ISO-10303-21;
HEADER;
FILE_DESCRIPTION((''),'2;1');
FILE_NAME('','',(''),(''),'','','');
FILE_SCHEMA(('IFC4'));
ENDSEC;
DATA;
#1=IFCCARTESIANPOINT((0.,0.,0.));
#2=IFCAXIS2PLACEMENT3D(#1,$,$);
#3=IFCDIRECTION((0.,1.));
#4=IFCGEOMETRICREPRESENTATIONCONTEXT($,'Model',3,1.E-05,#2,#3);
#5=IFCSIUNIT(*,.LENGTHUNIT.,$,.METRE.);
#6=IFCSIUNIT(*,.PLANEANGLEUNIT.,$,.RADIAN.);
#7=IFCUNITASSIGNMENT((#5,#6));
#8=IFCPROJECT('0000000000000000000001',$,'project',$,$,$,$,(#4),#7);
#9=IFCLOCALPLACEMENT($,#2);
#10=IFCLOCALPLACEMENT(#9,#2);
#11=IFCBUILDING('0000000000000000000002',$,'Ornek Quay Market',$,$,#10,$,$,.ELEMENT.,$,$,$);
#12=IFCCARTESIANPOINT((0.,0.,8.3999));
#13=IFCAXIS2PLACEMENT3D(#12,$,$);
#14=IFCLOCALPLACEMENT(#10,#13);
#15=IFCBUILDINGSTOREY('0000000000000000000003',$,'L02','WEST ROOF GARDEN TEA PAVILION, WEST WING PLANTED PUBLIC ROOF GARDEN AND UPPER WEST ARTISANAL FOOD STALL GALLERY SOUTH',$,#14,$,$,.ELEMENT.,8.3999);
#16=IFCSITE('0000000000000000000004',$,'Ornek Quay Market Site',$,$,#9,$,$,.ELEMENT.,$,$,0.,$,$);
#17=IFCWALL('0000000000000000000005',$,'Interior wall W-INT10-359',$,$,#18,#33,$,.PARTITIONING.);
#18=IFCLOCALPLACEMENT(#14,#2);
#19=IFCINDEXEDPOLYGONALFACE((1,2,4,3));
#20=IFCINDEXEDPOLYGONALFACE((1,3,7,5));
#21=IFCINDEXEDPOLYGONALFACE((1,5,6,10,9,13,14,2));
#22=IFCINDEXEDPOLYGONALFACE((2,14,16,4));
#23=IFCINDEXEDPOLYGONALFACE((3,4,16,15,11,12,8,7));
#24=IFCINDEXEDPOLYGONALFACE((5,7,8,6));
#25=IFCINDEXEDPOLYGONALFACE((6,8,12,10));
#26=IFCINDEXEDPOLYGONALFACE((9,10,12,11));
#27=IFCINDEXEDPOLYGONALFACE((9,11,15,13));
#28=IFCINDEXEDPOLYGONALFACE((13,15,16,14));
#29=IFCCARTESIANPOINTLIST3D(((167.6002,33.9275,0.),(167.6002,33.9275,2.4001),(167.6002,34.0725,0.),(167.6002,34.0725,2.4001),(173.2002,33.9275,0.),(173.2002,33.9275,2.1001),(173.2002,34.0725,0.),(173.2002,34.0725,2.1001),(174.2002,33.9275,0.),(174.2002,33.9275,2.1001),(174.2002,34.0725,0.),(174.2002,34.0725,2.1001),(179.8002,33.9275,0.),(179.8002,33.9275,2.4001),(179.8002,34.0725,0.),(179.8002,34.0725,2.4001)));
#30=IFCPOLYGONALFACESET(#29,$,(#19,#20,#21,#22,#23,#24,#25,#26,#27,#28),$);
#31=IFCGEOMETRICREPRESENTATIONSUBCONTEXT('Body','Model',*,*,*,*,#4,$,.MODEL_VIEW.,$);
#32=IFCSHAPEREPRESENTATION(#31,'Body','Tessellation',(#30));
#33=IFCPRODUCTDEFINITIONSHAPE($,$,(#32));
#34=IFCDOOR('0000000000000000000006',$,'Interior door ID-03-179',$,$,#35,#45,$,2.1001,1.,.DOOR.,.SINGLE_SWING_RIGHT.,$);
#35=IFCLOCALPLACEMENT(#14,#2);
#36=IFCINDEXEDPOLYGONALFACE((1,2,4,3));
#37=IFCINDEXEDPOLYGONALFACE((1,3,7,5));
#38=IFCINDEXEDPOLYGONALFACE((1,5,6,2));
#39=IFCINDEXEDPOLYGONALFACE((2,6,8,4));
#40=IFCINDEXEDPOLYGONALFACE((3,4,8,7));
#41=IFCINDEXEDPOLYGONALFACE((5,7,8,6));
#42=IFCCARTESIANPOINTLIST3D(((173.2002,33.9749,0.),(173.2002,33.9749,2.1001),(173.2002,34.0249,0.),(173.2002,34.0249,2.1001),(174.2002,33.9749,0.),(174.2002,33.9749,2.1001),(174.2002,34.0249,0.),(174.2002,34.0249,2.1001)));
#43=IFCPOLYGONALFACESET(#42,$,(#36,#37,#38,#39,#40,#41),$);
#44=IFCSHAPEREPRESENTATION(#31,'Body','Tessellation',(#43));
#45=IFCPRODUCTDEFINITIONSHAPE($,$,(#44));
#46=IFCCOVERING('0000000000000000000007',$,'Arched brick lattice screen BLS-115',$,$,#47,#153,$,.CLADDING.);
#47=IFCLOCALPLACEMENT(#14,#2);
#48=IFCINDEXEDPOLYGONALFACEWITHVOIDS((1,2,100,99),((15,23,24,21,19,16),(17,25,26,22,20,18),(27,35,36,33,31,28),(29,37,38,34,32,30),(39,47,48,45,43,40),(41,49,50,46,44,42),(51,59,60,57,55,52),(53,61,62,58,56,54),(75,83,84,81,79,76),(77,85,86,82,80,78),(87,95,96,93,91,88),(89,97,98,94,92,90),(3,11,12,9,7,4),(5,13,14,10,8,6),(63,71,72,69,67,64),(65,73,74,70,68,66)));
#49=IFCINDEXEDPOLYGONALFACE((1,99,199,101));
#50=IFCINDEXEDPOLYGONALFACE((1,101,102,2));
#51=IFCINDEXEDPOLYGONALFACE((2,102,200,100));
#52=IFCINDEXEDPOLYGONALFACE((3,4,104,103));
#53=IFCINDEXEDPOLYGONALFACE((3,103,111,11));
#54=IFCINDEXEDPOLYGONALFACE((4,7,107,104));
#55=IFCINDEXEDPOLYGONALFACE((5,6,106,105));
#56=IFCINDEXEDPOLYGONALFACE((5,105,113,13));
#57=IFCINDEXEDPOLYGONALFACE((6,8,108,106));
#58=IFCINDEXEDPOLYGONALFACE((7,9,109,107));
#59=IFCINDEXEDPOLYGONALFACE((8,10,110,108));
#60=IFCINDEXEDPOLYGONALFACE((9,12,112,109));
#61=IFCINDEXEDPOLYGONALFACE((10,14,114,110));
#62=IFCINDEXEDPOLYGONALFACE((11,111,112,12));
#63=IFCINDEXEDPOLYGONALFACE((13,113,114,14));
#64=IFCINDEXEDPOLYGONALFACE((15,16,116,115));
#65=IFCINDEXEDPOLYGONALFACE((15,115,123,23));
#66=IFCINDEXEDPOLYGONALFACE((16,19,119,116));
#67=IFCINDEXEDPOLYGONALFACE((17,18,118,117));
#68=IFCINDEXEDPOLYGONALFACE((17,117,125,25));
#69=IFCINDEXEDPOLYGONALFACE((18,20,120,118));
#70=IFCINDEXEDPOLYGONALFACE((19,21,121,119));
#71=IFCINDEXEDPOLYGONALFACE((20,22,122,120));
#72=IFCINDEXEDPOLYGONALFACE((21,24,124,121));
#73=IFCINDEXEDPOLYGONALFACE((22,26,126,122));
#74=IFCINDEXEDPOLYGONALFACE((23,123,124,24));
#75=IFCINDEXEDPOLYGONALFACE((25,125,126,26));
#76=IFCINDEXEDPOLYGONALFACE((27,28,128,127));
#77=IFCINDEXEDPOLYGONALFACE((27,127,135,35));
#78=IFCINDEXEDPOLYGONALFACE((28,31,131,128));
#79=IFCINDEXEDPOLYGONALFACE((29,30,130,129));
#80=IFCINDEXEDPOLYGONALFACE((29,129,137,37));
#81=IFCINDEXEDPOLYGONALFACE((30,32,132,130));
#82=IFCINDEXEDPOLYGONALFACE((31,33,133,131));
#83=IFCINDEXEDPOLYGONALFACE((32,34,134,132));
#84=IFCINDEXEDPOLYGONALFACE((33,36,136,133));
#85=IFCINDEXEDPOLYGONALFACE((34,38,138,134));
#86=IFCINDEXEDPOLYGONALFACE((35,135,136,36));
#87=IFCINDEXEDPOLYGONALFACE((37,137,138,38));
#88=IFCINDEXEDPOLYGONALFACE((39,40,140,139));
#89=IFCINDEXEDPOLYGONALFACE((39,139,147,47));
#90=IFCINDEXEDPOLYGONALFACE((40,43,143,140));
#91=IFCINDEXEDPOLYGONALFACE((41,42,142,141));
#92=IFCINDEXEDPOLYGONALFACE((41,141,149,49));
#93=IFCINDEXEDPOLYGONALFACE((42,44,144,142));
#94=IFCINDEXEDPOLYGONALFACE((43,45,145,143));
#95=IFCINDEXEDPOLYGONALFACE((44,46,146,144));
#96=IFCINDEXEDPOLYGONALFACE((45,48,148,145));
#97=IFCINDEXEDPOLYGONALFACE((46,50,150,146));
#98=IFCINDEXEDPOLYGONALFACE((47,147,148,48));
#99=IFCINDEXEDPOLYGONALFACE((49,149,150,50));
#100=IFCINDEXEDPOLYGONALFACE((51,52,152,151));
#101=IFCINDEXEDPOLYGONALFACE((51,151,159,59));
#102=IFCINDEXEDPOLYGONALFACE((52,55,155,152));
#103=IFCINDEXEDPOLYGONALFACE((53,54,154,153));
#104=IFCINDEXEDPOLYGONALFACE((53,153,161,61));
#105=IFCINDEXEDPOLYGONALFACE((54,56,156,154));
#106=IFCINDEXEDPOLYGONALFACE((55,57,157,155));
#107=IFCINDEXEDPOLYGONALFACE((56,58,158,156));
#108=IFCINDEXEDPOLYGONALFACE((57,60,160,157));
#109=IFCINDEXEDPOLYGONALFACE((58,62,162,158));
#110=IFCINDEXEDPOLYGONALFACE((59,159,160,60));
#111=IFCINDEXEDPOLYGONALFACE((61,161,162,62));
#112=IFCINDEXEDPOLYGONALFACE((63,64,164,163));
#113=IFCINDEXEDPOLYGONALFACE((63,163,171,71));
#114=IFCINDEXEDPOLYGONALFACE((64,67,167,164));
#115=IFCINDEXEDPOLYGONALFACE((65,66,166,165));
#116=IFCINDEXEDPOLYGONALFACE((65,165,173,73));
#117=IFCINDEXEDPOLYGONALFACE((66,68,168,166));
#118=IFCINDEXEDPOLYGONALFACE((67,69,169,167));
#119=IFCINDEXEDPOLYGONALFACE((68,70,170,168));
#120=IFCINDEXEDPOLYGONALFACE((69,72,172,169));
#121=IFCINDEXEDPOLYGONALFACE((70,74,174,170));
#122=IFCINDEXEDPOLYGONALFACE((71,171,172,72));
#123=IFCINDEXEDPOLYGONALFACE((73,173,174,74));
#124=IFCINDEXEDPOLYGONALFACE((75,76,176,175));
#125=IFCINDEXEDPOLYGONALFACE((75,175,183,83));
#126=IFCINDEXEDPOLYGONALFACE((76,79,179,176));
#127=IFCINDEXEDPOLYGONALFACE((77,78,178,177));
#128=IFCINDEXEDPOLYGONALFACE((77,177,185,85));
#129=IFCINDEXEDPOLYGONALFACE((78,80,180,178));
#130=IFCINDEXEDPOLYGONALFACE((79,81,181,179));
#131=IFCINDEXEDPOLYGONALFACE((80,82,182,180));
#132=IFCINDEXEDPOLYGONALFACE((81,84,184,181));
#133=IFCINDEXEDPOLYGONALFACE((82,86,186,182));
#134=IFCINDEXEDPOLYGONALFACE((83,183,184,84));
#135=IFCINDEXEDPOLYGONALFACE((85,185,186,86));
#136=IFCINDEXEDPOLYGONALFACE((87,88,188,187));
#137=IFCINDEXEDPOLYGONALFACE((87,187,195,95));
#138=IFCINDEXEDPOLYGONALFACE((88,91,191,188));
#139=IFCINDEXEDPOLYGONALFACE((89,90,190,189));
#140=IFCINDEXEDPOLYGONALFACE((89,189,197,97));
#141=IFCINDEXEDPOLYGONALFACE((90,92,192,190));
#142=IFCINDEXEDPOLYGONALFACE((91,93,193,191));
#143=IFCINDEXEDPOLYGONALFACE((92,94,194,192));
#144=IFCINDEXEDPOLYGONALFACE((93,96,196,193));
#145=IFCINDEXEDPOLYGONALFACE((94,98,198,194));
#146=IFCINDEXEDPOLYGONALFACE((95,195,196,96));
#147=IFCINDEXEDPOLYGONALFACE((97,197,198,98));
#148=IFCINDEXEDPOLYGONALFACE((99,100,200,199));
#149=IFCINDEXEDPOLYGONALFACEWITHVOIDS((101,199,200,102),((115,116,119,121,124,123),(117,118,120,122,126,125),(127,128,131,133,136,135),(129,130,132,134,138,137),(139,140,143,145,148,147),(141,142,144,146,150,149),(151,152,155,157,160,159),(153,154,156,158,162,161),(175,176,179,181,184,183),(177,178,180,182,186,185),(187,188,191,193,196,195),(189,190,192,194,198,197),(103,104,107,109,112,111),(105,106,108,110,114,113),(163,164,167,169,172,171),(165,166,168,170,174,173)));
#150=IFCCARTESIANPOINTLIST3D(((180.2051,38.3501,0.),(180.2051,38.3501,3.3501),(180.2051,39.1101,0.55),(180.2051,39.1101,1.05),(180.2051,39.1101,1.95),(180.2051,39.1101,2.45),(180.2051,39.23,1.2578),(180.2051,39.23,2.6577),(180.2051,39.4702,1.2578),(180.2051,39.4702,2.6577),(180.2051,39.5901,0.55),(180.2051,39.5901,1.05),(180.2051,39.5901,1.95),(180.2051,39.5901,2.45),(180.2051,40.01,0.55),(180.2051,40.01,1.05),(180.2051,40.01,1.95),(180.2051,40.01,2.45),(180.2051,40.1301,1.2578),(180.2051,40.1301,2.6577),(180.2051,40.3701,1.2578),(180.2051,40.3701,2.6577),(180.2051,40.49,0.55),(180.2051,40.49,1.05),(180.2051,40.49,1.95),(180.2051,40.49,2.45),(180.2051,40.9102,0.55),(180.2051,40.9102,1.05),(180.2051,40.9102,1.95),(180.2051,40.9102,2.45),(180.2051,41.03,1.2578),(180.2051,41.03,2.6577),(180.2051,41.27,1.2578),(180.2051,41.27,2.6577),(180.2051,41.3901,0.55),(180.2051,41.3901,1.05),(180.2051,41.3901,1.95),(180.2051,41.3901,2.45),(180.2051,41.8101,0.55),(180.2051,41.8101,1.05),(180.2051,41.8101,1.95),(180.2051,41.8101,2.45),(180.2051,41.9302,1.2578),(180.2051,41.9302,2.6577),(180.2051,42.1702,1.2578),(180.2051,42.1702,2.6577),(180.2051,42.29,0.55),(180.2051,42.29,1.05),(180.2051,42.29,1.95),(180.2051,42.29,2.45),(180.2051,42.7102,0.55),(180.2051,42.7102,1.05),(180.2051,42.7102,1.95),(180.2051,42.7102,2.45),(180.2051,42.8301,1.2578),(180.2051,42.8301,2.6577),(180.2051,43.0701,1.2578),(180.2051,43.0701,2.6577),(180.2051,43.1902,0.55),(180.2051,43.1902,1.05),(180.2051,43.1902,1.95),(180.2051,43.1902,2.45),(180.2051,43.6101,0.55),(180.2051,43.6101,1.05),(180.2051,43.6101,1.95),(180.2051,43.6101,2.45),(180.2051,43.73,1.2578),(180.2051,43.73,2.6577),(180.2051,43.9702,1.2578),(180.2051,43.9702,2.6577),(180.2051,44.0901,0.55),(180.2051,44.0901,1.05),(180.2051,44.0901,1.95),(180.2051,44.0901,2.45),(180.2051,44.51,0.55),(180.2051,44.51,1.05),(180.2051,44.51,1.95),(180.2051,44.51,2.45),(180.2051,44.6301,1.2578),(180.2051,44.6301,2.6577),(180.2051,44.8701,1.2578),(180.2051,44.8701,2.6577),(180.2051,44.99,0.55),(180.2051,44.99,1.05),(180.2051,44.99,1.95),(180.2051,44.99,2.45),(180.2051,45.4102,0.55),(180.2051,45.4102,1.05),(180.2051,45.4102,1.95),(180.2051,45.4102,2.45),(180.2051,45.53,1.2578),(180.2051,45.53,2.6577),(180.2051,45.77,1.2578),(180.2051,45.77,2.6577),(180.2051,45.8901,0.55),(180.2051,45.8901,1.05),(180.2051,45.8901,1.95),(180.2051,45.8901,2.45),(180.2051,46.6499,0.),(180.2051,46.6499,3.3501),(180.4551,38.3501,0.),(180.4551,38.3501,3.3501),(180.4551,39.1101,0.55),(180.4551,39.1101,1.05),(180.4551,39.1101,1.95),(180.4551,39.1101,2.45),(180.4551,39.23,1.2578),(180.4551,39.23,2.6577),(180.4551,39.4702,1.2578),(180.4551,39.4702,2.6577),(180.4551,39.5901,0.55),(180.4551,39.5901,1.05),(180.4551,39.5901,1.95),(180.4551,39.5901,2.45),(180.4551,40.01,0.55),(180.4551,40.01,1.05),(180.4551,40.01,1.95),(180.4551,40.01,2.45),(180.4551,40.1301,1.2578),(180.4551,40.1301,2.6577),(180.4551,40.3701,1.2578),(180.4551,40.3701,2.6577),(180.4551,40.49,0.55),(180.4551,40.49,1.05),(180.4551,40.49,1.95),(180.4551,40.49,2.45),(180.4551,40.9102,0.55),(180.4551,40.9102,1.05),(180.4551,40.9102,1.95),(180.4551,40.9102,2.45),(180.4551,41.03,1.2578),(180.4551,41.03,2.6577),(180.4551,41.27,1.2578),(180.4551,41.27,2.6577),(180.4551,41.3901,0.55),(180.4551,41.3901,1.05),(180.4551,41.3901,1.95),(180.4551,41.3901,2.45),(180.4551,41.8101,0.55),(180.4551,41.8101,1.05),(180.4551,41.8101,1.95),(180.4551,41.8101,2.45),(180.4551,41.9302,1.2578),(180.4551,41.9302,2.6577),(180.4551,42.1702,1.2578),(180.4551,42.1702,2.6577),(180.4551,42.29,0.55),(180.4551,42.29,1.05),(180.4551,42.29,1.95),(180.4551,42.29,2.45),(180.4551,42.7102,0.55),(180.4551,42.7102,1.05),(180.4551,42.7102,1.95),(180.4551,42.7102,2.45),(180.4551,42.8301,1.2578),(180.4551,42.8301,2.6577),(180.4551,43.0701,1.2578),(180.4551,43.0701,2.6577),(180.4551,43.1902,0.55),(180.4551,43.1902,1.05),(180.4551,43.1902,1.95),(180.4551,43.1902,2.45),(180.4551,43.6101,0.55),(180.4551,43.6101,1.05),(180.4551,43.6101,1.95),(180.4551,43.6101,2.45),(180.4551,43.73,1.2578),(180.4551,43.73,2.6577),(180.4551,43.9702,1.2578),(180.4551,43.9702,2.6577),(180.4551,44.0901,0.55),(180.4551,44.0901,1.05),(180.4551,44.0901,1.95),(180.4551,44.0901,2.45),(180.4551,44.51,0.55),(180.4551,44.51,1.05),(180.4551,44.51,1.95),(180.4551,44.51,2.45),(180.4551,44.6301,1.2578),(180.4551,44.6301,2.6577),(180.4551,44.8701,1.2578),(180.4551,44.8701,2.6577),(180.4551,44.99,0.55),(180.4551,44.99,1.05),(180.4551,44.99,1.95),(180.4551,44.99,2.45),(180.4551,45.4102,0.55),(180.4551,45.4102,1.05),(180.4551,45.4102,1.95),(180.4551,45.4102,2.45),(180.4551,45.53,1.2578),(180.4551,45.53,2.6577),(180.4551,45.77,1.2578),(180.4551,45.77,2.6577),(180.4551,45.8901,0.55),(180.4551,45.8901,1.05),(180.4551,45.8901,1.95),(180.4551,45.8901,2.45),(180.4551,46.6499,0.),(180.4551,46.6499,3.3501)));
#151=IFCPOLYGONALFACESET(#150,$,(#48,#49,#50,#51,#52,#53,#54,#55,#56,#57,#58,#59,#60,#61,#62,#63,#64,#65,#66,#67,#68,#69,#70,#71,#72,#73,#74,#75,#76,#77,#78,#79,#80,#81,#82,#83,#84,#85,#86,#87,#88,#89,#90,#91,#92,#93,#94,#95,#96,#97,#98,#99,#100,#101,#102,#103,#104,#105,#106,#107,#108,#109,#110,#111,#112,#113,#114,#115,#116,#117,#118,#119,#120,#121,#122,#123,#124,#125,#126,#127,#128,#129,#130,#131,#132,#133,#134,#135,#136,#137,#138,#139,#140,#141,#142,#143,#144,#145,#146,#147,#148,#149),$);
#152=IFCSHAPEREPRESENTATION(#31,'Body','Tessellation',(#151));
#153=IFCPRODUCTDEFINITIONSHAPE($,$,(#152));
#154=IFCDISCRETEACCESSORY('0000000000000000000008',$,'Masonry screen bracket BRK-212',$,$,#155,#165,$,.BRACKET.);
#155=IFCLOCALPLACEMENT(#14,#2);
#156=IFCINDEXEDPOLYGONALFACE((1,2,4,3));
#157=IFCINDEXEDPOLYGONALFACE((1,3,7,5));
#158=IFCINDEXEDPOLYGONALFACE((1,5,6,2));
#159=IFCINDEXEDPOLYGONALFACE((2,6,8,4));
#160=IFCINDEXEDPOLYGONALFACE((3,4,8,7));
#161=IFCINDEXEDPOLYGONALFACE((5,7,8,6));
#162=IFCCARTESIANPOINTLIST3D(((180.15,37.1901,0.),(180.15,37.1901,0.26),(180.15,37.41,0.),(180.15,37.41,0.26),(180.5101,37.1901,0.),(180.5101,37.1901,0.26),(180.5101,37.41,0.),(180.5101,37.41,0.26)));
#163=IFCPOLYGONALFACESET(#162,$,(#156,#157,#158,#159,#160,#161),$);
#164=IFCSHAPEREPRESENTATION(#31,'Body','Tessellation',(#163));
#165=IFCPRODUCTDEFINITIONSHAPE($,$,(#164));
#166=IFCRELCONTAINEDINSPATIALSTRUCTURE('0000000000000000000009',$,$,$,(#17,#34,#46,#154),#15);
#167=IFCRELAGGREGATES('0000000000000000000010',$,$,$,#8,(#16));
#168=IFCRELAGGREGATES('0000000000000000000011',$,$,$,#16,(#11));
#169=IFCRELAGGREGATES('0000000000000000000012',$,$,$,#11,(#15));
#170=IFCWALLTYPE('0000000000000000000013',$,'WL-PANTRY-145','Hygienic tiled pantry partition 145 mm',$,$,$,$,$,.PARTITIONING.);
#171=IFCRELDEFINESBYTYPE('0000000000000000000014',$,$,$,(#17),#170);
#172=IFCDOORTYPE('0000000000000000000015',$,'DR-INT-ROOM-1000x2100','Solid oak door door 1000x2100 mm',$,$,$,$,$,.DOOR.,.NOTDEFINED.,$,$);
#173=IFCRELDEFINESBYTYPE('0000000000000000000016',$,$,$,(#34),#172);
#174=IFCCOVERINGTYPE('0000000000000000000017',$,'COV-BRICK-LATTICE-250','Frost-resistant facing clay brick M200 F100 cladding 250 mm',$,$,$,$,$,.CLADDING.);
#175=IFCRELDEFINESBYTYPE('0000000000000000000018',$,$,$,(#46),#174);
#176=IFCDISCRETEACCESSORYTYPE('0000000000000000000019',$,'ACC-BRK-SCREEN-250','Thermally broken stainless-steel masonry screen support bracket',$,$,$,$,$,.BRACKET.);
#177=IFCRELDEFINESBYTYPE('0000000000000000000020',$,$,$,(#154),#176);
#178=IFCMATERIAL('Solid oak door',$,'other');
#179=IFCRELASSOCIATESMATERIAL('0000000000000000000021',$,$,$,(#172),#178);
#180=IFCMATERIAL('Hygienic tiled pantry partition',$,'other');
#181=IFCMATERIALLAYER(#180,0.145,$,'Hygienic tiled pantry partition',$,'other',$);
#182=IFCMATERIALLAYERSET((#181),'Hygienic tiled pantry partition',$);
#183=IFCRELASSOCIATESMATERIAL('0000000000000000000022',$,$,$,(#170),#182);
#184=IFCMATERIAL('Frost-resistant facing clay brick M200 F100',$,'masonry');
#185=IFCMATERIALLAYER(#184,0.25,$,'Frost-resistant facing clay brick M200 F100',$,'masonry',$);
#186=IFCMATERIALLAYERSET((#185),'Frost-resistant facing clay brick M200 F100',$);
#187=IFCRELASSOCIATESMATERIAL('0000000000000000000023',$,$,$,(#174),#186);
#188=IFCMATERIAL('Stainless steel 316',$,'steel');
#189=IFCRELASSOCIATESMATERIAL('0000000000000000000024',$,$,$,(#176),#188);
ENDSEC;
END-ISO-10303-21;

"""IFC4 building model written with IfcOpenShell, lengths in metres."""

from ifc_helpers import new_model, si_unit, direction, frame, frame_2d, origin, origin_2d, place, context, subcontext, project, spatial, polyline, rectangle, outline, extrude, material, layer, layer_set, type_object, element, fill, save


model = new_model("IFC4")

# Units and contexts
model_context = context("Model", 3, precision=1e-05, world=origin(), true_north=direction((0.0, 1.0)))
body_context = subcontext(model_context, "Body", "Model", "MODEL_VIEW")
ifc_project = project(units=[si_unit("LENGTHUNIT", "METRE"), si_unit("PLANEANGLEUNIT", "RADIAN")], contexts=[model_context])

# Site, building, storey
site_placement = place(None, origin())
site = spatial("IfcSite", under=ifc_project, at=site_placement, Name="Ornek Quay Market Site", CompositionType="ELEMENT", RefElevation=0.0)
building_placement = place(site_placement, origin())
building = spatial("IfcBuilding", under=site, at=building_placement, Name="Ornek Quay Market", CompositionType="ELEMENT")
storey_placement = place(building_placement, frame((0.0, 0.0, 8.3999)))
storey = spatial("IfcBuildingStorey", under=building, at=storey_placement, Name="L02", Description="WEST ROOF GARDEN TEA PAVILION, WEST WING PLANTED PUBLIC ROOF GARDEN AND UPPER WEST ARTISANAL FOOD STALL GALLERY SOUTH", CompositionType="ELEMENT", Elevation=8.3999)

# Shared definitions
ifc_material_1 = material(Name="Frost-resistant facing clay brick M200 F100", Category="masonry")

# Wall, opening, door
ifc_material_2 = material(Name="Solid oak door", Category="other")
door_type = type_object("IfcDoorType", Name="DR-INT-ROOM-1000x2100", Description="Solid oak door door 1000x2100 mm", OperationType="NOTDEFINED", PredefinedType="DOOR", material=ifc_material_2)
ifc_material_3 = material(Name="Hygienic tiled pantry partition", Category="other")
ifc_layer_1 = layer(ifc_material_3, 0.145, Name="Hygienic tiled pantry partition", Category="other")
ifc_layer_set_1 = layer_set([ifc_layer_1], Name="Hygienic tiled pantry partition")
wall_type_1 = type_object("IfcWallType", Name="WL-PANTRY-145", Description="Hygienic tiled pantry partition 145 mm", PredefinedType="PARTITIONING", material=ifc_layer_set_1)
wall_1_placement = place(storey_placement, frame((167.6001, 34.0, 0.0), z_axis=(0.0, 0.0, 1.0), x_axis=(1.0, 0.0, 0.0)))
wall_1 = element("IfcWall", 1, at=wall_1_placement, inside=storey, type_object=wall_type_1, Name="Interior wall W-INT10-359", PredefinedType="PARTITIONING", context=body_context, shape_type="SweptSolid", body=[
    extrude(rectangle(XDim=12.2, YDim=0.145, at=frame_2d((6.1001, 0.0))), origin(), (0.0, 0.0, 1.0), 2.4001),
])
opening_1_placement = place(wall_1_placement, frame((5.6001, 0.0, 0.0)))
opening_1 = element("IfcOpeningElement", 2, at=opening_1_placement, cuts=wall_1, PredefinedType="OPENING", context=body_context, shape_type="SweptSolid", body=[
    extrude(rectangle(XDim=1.0, YDim=2.1001, at=frame_2d((0.5, 1.05))), frame((0.0, 0.0825, 0.0), z_axis=(0.0, -1.0, 0.0), x_axis=(1.0, 0.0, 0.0)), (0.0, 0.0, 1.0), 0.165),
])
door_1_placement = place(opening_1_placement, origin())
door_1 = element("IfcDoor", 3, at=door_1_placement, inside=storey, type_object=door_type, Name="Interior door ID-03-179", OperationType="SINGLE_SWING_RIGHT", OverallHeight=2.1001, OverallWidth=1.0, PredefinedType="DOOR", context=body_context, shape_type="SweptSolid", body=[
    extrude(rectangle(XDim=1.0, YDim=2.1001, at=frame_2d((0.5, 1.05))), frame((0.0, 0.0249, 0.0), z_axis=(0.0, -1.0, 0.0), x_axis=(1.0, 0.0, 0.0)), (0.0, 0.0, 1.0), 0.05),
])
fill(opening_1, door_1)

# Covering
ifc_layer_2 = layer(ifc_material_1, 0.25, Name="Frost-resistant facing clay brick M200 F100", Category="masonry")
ifc_layer_set_2 = layer_set([ifc_layer_2], Name="Frost-resistant facing clay brick M200 F100")
covering_type = type_object("IfcCoveringType", Name="COV-BRICK-LATTICE-250", Description="Frost-resistant facing clay brick M200 F100 cladding 250 mm", PredefinedType="CLADDING", material=ifc_layer_set_2)
covering_placement = place(storey_placement, frame((180.3301, 38.3501, 0.0), z_axis=(0.0, 0.0, 1.0), x_axis=(0.0, 1.0, 0.0)))
element("IfcCovering", 4, at=covering_placement, inside=storey, type_object=covering_type, Name="Arched brick lattice screen BLS-115", PredefinedType="CLADDING", context=body_context, shape_type="SweptSolid", body=[
    extrude(outline(polyline([(0.0, 0.0), (8.2998, 0.0), (8.2998, 3.3501), (0.0, 3.3501), (0.0, 0.0)]), holes=[polyline([(0.76, 0.55), (1.24, 0.55), (1.24, 1.05), (1.1201, 1.2578), (0.8799, 1.2578), (0.76, 1.05), (0.76, 0.55)]), polyline([(0.76, 1.95), (1.24, 1.95), (1.24, 2.45), (1.1201, 2.6577), (0.8799, 2.6577), (0.76, 2.45), (0.76, 1.95)]), polyline([(1.6599, 0.55), (2.1399, 0.55), (2.1399, 1.05), (2.02, 1.2578), (1.78, 1.2578), (1.6599, 1.05), (1.6599, 0.55)]), polyline([(1.6599, 1.95), (2.1399, 1.95), (2.1399, 2.45), (2.02, 2.6577), (1.78, 2.6577), (1.6599, 2.45), (1.6599, 1.95)]), polyline([(2.5601, 0.55), (3.04, 0.55), (3.04, 1.05), (2.9199, 1.2578), (2.6799, 1.2578), (2.5601, 1.05), (2.5601, 0.55)]), polyline([(2.5601, 1.95), (3.04, 1.95), (3.04, 2.45), (2.9199, 2.6577), (2.6799, 2.6577), (2.5601, 2.45), (2.5601, 1.95)]), polyline([(3.46, 0.55), (3.9399, 0.55), (3.9399, 1.05), (3.8201, 1.2578), (3.5801, 1.2578), (3.46, 1.05), (3.46, 0.55)]), polyline([(3.46, 1.95), (3.9399, 1.95), (3.9399, 2.45), (3.8201, 2.6577), (3.5801, 2.6577), (3.46, 2.45), (3.46, 1.95)]), polyline([(4.3601, 0.55), (4.8401, 0.55), (4.8401, 1.05), (4.72, 1.2578), (4.48, 1.2578), (4.3601, 1.05), (4.3601, 0.55)]), polyline([(4.3601, 1.95), (4.8401, 1.95), (4.8401, 2.45), (4.72, 2.6577), (4.48, 2.6577), (4.3601, 2.45), (4.3601, 1.95)]), polyline([(5.26, 0.55), (5.74, 0.55), (5.74, 1.05), (5.6201, 1.2578), (5.3799, 1.2578), (5.26, 1.05), (5.26, 0.55)]), polyline([(5.26, 1.95), (5.74, 1.95), (5.74, 2.45), (5.6201, 2.6577), (5.3799, 2.6577), (5.26, 2.45), (5.26, 1.95)]), polyline([(6.1599, 0.55), (6.6399, 0.55), (6.6399, 1.05), (6.52, 1.2578), (6.28, 1.2578), (6.1599, 1.05), (6.1599, 0.55)]), polyline([(6.1599, 1.95), (6.6399, 1.95), (6.6399, 2.45), (6.52, 2.6577), (6.28, 2.6577), (6.1599, 2.45), (6.1599, 1.95)]), polyline([(7.0601, 0.55), (7.54, 0.55), (7.54, 1.05), (7.4199, 1.2578), (7.1799, 1.2578), (7.0601, 1.05), (7.0601, 0.55)]), polyline([(7.0601, 1.95), (7.54, 1.95), (7.54, 2.45), (7.4199, 2.6577), (7.1799, 2.6577), (7.0601, 2.45), (7.0601, 1.95)])]), frame((0.0, 0.125, 0.0), z_axis=(0.0, -1.0, 0.0), x_axis=(1.0, 0.0, 0.0)), (0.0, 0.0, 1.0), 0.25),
])

# Discrete accessory
ifc_material_4 = material(Name="Stainless steel 316", Category="steel")
discrete_accessory_type = type_object("IfcDiscreteAccessoryType", Name="ACC-BRK-SCREEN-250", Description="Thermally broken stainless-steel masonry screen support bracket", PredefinedType="BRACKET", material=ifc_material_4)
for number, where, z_axis, x_axis, name in (
    (5, (180.3301, 37.3, 0.0), (0.0, 0.0, 1.0), (0.0, 1.0, 0.0), "Masonry screen bracket BRK-212"),
):
    element("IfcDiscreteAccessory", number, at=place(storey_placement, frame(where, z_axis=z_axis, x_axis=x_axis)), inside=storey, type_object=discrete_accessory_type, Name=name, PredefinedType="BRACKET", context=body_context, shape_type="SweptSolid", body=[
        extrude(rectangle(XDim=0.22, YDim=0.3601, at=origin_2d()), origin(), (0.0, 0.0, 1.0), 0.26),
    ])

save(model, "model.ifc")
